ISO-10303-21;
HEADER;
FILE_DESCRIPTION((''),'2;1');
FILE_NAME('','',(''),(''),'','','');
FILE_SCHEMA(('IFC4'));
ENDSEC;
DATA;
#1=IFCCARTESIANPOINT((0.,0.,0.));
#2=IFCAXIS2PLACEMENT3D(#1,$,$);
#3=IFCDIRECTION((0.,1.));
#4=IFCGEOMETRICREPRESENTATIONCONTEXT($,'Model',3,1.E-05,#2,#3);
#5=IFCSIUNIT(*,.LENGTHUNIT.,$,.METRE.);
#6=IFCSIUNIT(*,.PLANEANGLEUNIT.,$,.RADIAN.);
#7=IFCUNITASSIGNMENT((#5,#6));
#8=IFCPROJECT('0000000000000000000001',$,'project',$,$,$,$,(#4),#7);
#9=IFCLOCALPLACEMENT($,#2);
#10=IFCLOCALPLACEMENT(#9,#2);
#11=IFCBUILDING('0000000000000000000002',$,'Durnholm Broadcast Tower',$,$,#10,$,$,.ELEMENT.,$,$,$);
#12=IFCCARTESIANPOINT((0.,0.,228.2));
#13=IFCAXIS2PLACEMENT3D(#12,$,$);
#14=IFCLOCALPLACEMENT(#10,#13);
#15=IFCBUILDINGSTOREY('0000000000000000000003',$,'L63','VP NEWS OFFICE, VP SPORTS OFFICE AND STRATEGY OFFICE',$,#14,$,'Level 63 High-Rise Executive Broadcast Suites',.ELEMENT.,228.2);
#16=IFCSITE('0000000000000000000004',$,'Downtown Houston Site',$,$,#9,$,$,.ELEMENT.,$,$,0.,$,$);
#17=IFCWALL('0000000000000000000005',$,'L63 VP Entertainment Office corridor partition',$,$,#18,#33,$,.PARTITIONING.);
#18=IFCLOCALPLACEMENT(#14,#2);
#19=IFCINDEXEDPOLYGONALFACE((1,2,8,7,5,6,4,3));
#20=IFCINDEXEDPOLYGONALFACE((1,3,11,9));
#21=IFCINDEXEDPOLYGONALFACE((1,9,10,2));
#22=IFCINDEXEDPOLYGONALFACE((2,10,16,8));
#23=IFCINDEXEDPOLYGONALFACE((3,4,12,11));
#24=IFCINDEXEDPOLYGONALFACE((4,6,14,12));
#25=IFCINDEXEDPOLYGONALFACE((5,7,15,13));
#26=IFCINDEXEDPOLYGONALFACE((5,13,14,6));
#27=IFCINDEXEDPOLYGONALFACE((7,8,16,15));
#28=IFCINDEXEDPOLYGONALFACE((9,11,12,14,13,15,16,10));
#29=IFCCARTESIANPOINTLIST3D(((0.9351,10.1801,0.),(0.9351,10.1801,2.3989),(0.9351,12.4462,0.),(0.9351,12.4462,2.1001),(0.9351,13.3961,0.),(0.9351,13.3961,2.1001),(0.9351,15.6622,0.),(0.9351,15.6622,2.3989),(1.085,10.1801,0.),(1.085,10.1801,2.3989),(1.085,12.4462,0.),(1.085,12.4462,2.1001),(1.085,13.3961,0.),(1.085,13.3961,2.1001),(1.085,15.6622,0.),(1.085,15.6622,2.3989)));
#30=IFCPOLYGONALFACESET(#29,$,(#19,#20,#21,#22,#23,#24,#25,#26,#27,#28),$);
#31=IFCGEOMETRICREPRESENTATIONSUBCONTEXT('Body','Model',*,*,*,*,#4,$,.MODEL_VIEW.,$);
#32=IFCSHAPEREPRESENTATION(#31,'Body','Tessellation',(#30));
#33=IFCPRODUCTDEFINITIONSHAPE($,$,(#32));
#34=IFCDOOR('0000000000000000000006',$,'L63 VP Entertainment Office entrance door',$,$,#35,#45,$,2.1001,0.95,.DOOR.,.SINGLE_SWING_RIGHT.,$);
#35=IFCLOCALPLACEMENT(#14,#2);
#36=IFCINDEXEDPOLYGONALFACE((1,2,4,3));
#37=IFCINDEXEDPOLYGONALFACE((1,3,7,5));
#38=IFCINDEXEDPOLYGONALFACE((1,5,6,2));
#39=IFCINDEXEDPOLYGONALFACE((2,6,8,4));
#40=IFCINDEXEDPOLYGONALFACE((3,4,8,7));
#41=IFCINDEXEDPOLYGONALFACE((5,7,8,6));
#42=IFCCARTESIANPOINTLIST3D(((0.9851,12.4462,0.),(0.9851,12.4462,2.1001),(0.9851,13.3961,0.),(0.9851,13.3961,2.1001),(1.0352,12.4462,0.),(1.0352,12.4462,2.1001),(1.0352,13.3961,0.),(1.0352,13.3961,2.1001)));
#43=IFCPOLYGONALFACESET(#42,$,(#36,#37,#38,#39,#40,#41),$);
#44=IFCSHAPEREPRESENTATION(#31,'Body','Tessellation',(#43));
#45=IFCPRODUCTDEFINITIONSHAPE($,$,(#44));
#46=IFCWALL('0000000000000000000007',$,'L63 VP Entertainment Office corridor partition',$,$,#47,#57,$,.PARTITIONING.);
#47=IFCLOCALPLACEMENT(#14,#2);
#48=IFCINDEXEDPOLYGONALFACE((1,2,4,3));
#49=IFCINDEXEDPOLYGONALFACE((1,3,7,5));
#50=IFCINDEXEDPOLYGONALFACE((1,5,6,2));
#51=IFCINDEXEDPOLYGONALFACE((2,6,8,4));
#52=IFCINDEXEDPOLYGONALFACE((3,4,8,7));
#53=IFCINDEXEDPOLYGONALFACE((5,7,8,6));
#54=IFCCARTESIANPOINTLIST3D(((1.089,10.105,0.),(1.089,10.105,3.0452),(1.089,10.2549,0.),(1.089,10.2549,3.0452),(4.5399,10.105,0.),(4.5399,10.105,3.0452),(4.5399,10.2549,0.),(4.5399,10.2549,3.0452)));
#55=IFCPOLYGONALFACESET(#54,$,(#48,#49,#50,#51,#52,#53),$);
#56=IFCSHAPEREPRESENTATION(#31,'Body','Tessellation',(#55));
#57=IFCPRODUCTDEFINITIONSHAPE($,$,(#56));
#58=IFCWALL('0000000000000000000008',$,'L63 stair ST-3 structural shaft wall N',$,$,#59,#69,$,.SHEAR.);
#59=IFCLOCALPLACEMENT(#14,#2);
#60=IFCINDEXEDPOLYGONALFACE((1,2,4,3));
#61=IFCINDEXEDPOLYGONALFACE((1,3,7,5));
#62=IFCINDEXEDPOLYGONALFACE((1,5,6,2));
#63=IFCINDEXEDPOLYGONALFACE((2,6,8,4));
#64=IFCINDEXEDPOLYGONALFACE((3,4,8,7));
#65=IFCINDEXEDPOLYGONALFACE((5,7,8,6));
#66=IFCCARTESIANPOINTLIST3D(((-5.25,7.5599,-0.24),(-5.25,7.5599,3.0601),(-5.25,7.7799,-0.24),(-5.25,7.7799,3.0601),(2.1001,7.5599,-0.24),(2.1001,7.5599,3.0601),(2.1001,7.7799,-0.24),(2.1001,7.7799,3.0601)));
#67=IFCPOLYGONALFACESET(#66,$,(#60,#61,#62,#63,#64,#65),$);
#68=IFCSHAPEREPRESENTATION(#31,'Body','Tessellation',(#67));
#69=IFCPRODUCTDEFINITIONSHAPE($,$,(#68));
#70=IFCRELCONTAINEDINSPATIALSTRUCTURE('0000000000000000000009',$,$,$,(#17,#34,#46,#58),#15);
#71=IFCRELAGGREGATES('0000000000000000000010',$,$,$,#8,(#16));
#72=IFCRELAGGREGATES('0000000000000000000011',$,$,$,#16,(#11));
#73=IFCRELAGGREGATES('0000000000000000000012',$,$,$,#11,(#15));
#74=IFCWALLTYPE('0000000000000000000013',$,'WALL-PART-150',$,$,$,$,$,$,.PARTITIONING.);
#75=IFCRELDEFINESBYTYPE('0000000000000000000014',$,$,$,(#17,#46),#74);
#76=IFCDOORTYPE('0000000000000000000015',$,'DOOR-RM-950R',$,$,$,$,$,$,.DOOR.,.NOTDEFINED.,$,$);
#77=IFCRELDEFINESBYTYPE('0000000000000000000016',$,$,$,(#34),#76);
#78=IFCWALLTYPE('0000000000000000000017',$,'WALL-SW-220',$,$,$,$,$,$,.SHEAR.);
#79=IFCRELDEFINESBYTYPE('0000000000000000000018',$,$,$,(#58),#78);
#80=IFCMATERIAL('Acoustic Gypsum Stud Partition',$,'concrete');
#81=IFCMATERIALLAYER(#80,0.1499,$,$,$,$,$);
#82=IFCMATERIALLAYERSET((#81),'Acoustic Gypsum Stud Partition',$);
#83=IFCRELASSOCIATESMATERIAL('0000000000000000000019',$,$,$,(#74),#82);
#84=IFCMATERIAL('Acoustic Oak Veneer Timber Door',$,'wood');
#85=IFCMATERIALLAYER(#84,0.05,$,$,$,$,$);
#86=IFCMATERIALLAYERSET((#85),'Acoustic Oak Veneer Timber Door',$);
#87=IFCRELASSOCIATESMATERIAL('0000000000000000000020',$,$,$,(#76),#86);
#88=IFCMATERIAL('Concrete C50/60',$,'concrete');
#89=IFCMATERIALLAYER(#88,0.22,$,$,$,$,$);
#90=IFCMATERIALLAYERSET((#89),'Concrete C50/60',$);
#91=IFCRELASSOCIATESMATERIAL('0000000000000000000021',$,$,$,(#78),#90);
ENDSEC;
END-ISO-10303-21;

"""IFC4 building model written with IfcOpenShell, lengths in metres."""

from ifc_helpers import new_model, si_unit, direction, frame, frame_2d, origin, place, context, subcontext, project, spatial, rectangle, extrude, source, transform, mapped, material, layer, layer_set, type_object, type_shapes, element, fill, save


model = new_model("IFC4")

# Units and contexts
model_context = context("Model", 3, precision=1e-05, world=origin(), true_north=direction((0.0, 1.0)))
body_context = subcontext(model_context, "Body", "Model", "MODEL_VIEW")
ifc_project = project(units=[si_unit("LENGTHUNIT", "METRE"), si_unit("PLANEANGLEUNIT", "RADIAN")], contexts=[model_context])

# Site, building, storey
site_placement = place(None, origin())
site = spatial("IfcSite", under=ifc_project, at=site_placement, Name="Downtown Houston Site", CompositionType="ELEMENT", RefElevation=0.0)
building_placement = place(site_placement, origin())
building = spatial("IfcBuilding", under=site, at=building_placement, Name="Durnholm Broadcast Tower", CompositionType="ELEMENT")
storey_placement = place(building_placement, frame((0.0, 0.0, 228.2)))
storey = spatial("IfcBuildingStorey", under=building, at=storey_placement, Name="L63", Description="VP NEWS OFFICE, VP SPORTS OFFICE AND STRATEGY OFFICE", LongName="Level 63 High-Rise Executive Broadcast Suites", CompositionType="ELEMENT", Elevation=228.2)

# Wall, opening, door
ifc_material_1 = material(Name="Acoustic Gypsum Stud Partition", Category="concrete")
ifc_layer_1 = layer(ifc_material_1, 0.1499)
ifc_layer_set_1 = layer_set([ifc_layer_1], Name="Acoustic Gypsum Stud Partition")
wall_type_1 = type_object("IfcWallType", Name="WALL-PART-150", PredefinedType="PARTITIONING", material=ifc_layer_set_1)
wall_1_placement = place(storey_placement, frame((1.01, 10.1799, 0.0), z_axis=(0.0, 0.0, 1.0), x_axis=(0.0, 1.0, 0.0)))
wall_1 = element("IfcWall", 1, at=wall_1_placement, inside=storey, type_object=wall_type_1, Name="L63 VP Entertainment Office corridor partition", PredefinedType="PARTITIONING", context=body_context, shape_type="SweptSolid", body=[
    extrude(rectangle(XDim=5.4822, YDim=0.1499, at=frame_2d((2.7412, 0.0))), origin(), (0.0, 0.0, 1.0), 2.3989),
])
opening_placement = place(wall_1_placement, frame((2.2661, 0.0, 0.0)))
opening = element("IfcOpeningElement", 2, at=opening_placement, cuts=wall_1, PredefinedType="OPENING", context=body_context, shape_type="SweptSolid", body=[
    extrude(rectangle(XDim=0.95, YDim=2.1001, at=frame_2d((0.4751, 1.05))), frame((0.0, 0.085, 0.0), z_axis=(0.0, -1.0, 0.0), x_axis=(1.0, 0.0, 0.0)), (0.0, 0.0, 1.0), 0.1699),
])
ifc_material_2 = material(Name="Acoustic Oak Veneer Timber Door", Category="wood")
ifc_layer_2 = layer(ifc_material_2, 0.05)
ifc_layer_set_2 = layer_set([ifc_layer_2], Name="Acoustic Oak Veneer Timber Door")
door_type = type_object("IfcDoorType", Name="DOOR-RM-950R", OperationType="NOTDEFINED", PredefinedType="DOOR", material=ifc_layer_set_2)
shared_shape_1 = source(origin(), body_context, "Body", "SweptSolid", [
    extrude(rectangle(XDim=0.95, YDim=2.1001, at=frame_2d((0.4751, 1.05))), frame((0.0, 0.0249, 0.0), z_axis=(0.0, -1.0, 0.0), x_axis=(1.0, 0.0, 0.0)), (0.0, 0.0, 1.0), 0.05),
])
type_shapes(door_type, [shared_shape_1])
door_placement = place(opening_placement, origin())
door = element("IfcDoor", 3, at=door_placement, inside=storey, type_object=door_type, Name="L63 VP Entertainment Office entrance door", OperationType="SINGLE_SWING_RIGHT", OverallHeight=2.1001, OverallWidth=0.95, PredefinedType="DOOR", context=body_context, shape_type="MappedRepresentation", body=[
    mapped(shared_shape_1, transform((0.0, 0.0, 0.0), x_axis=(1.0, 0.0, 0.0), y_axis=(0.0, 1.0, 0.0), z_axis=(0.0, 0.0, 1.0), scale=1.0)),
])
fill(opening, door)

# Walls
wall_2_placement = place(storey_placement, frame((4.54, 10.1799, 0.0), z_axis=(0.0, 0.0, 1.0), x_axis=(-1.0, 0.0, 0.0)))
element("IfcWall", 4, at=wall_2_placement, inside=storey, type_object=wall_type_1, Name="L63 VP Entertainment Office corridor partition", PredefinedType="PARTITIONING", context=body_context, shape_type="SweptSolid", body=[
    extrude(rectangle(XDim=3.4509, YDim=0.1499, at=frame_2d((1.7256, 0.0))), origin(), (0.0, 0.0, 1.0), 3.0452),
])
ifc_material_3 = material(Name="Concrete C50/60", Category="concrete")
ifc_layer_3 = layer(ifc_material_3, 0.22)
ifc_layer_set_3 = layer_set([ifc_layer_3], Name="Concrete C50/60")
wall_type_2 = type_object("IfcWallType", Name="WALL-SW-220", PredefinedType="SHEAR", material=ifc_layer_set_3)
wall_3_placement = place(storey_placement, frame((2.1001, 7.6699, -0.24), z_axis=(0.0, 0.0, 1.0), x_axis=(-1.0, 0.0, 0.0)))
element("IfcWall", 5, at=wall_3_placement, inside=storey, type_object=wall_type_2, Name="L63 stair ST-3 structural shaft wall N", PredefinedType="SHEAR", context=body_context, shape_type="SweptSolid", body=[
    extrude(rectangle(XDim=7.3501, YDim=0.22, at=frame_2d((3.675, 0.0))), origin(), (0.0, 0.0, 1.0), 3.3),
])

save(model, "model.ifc")
